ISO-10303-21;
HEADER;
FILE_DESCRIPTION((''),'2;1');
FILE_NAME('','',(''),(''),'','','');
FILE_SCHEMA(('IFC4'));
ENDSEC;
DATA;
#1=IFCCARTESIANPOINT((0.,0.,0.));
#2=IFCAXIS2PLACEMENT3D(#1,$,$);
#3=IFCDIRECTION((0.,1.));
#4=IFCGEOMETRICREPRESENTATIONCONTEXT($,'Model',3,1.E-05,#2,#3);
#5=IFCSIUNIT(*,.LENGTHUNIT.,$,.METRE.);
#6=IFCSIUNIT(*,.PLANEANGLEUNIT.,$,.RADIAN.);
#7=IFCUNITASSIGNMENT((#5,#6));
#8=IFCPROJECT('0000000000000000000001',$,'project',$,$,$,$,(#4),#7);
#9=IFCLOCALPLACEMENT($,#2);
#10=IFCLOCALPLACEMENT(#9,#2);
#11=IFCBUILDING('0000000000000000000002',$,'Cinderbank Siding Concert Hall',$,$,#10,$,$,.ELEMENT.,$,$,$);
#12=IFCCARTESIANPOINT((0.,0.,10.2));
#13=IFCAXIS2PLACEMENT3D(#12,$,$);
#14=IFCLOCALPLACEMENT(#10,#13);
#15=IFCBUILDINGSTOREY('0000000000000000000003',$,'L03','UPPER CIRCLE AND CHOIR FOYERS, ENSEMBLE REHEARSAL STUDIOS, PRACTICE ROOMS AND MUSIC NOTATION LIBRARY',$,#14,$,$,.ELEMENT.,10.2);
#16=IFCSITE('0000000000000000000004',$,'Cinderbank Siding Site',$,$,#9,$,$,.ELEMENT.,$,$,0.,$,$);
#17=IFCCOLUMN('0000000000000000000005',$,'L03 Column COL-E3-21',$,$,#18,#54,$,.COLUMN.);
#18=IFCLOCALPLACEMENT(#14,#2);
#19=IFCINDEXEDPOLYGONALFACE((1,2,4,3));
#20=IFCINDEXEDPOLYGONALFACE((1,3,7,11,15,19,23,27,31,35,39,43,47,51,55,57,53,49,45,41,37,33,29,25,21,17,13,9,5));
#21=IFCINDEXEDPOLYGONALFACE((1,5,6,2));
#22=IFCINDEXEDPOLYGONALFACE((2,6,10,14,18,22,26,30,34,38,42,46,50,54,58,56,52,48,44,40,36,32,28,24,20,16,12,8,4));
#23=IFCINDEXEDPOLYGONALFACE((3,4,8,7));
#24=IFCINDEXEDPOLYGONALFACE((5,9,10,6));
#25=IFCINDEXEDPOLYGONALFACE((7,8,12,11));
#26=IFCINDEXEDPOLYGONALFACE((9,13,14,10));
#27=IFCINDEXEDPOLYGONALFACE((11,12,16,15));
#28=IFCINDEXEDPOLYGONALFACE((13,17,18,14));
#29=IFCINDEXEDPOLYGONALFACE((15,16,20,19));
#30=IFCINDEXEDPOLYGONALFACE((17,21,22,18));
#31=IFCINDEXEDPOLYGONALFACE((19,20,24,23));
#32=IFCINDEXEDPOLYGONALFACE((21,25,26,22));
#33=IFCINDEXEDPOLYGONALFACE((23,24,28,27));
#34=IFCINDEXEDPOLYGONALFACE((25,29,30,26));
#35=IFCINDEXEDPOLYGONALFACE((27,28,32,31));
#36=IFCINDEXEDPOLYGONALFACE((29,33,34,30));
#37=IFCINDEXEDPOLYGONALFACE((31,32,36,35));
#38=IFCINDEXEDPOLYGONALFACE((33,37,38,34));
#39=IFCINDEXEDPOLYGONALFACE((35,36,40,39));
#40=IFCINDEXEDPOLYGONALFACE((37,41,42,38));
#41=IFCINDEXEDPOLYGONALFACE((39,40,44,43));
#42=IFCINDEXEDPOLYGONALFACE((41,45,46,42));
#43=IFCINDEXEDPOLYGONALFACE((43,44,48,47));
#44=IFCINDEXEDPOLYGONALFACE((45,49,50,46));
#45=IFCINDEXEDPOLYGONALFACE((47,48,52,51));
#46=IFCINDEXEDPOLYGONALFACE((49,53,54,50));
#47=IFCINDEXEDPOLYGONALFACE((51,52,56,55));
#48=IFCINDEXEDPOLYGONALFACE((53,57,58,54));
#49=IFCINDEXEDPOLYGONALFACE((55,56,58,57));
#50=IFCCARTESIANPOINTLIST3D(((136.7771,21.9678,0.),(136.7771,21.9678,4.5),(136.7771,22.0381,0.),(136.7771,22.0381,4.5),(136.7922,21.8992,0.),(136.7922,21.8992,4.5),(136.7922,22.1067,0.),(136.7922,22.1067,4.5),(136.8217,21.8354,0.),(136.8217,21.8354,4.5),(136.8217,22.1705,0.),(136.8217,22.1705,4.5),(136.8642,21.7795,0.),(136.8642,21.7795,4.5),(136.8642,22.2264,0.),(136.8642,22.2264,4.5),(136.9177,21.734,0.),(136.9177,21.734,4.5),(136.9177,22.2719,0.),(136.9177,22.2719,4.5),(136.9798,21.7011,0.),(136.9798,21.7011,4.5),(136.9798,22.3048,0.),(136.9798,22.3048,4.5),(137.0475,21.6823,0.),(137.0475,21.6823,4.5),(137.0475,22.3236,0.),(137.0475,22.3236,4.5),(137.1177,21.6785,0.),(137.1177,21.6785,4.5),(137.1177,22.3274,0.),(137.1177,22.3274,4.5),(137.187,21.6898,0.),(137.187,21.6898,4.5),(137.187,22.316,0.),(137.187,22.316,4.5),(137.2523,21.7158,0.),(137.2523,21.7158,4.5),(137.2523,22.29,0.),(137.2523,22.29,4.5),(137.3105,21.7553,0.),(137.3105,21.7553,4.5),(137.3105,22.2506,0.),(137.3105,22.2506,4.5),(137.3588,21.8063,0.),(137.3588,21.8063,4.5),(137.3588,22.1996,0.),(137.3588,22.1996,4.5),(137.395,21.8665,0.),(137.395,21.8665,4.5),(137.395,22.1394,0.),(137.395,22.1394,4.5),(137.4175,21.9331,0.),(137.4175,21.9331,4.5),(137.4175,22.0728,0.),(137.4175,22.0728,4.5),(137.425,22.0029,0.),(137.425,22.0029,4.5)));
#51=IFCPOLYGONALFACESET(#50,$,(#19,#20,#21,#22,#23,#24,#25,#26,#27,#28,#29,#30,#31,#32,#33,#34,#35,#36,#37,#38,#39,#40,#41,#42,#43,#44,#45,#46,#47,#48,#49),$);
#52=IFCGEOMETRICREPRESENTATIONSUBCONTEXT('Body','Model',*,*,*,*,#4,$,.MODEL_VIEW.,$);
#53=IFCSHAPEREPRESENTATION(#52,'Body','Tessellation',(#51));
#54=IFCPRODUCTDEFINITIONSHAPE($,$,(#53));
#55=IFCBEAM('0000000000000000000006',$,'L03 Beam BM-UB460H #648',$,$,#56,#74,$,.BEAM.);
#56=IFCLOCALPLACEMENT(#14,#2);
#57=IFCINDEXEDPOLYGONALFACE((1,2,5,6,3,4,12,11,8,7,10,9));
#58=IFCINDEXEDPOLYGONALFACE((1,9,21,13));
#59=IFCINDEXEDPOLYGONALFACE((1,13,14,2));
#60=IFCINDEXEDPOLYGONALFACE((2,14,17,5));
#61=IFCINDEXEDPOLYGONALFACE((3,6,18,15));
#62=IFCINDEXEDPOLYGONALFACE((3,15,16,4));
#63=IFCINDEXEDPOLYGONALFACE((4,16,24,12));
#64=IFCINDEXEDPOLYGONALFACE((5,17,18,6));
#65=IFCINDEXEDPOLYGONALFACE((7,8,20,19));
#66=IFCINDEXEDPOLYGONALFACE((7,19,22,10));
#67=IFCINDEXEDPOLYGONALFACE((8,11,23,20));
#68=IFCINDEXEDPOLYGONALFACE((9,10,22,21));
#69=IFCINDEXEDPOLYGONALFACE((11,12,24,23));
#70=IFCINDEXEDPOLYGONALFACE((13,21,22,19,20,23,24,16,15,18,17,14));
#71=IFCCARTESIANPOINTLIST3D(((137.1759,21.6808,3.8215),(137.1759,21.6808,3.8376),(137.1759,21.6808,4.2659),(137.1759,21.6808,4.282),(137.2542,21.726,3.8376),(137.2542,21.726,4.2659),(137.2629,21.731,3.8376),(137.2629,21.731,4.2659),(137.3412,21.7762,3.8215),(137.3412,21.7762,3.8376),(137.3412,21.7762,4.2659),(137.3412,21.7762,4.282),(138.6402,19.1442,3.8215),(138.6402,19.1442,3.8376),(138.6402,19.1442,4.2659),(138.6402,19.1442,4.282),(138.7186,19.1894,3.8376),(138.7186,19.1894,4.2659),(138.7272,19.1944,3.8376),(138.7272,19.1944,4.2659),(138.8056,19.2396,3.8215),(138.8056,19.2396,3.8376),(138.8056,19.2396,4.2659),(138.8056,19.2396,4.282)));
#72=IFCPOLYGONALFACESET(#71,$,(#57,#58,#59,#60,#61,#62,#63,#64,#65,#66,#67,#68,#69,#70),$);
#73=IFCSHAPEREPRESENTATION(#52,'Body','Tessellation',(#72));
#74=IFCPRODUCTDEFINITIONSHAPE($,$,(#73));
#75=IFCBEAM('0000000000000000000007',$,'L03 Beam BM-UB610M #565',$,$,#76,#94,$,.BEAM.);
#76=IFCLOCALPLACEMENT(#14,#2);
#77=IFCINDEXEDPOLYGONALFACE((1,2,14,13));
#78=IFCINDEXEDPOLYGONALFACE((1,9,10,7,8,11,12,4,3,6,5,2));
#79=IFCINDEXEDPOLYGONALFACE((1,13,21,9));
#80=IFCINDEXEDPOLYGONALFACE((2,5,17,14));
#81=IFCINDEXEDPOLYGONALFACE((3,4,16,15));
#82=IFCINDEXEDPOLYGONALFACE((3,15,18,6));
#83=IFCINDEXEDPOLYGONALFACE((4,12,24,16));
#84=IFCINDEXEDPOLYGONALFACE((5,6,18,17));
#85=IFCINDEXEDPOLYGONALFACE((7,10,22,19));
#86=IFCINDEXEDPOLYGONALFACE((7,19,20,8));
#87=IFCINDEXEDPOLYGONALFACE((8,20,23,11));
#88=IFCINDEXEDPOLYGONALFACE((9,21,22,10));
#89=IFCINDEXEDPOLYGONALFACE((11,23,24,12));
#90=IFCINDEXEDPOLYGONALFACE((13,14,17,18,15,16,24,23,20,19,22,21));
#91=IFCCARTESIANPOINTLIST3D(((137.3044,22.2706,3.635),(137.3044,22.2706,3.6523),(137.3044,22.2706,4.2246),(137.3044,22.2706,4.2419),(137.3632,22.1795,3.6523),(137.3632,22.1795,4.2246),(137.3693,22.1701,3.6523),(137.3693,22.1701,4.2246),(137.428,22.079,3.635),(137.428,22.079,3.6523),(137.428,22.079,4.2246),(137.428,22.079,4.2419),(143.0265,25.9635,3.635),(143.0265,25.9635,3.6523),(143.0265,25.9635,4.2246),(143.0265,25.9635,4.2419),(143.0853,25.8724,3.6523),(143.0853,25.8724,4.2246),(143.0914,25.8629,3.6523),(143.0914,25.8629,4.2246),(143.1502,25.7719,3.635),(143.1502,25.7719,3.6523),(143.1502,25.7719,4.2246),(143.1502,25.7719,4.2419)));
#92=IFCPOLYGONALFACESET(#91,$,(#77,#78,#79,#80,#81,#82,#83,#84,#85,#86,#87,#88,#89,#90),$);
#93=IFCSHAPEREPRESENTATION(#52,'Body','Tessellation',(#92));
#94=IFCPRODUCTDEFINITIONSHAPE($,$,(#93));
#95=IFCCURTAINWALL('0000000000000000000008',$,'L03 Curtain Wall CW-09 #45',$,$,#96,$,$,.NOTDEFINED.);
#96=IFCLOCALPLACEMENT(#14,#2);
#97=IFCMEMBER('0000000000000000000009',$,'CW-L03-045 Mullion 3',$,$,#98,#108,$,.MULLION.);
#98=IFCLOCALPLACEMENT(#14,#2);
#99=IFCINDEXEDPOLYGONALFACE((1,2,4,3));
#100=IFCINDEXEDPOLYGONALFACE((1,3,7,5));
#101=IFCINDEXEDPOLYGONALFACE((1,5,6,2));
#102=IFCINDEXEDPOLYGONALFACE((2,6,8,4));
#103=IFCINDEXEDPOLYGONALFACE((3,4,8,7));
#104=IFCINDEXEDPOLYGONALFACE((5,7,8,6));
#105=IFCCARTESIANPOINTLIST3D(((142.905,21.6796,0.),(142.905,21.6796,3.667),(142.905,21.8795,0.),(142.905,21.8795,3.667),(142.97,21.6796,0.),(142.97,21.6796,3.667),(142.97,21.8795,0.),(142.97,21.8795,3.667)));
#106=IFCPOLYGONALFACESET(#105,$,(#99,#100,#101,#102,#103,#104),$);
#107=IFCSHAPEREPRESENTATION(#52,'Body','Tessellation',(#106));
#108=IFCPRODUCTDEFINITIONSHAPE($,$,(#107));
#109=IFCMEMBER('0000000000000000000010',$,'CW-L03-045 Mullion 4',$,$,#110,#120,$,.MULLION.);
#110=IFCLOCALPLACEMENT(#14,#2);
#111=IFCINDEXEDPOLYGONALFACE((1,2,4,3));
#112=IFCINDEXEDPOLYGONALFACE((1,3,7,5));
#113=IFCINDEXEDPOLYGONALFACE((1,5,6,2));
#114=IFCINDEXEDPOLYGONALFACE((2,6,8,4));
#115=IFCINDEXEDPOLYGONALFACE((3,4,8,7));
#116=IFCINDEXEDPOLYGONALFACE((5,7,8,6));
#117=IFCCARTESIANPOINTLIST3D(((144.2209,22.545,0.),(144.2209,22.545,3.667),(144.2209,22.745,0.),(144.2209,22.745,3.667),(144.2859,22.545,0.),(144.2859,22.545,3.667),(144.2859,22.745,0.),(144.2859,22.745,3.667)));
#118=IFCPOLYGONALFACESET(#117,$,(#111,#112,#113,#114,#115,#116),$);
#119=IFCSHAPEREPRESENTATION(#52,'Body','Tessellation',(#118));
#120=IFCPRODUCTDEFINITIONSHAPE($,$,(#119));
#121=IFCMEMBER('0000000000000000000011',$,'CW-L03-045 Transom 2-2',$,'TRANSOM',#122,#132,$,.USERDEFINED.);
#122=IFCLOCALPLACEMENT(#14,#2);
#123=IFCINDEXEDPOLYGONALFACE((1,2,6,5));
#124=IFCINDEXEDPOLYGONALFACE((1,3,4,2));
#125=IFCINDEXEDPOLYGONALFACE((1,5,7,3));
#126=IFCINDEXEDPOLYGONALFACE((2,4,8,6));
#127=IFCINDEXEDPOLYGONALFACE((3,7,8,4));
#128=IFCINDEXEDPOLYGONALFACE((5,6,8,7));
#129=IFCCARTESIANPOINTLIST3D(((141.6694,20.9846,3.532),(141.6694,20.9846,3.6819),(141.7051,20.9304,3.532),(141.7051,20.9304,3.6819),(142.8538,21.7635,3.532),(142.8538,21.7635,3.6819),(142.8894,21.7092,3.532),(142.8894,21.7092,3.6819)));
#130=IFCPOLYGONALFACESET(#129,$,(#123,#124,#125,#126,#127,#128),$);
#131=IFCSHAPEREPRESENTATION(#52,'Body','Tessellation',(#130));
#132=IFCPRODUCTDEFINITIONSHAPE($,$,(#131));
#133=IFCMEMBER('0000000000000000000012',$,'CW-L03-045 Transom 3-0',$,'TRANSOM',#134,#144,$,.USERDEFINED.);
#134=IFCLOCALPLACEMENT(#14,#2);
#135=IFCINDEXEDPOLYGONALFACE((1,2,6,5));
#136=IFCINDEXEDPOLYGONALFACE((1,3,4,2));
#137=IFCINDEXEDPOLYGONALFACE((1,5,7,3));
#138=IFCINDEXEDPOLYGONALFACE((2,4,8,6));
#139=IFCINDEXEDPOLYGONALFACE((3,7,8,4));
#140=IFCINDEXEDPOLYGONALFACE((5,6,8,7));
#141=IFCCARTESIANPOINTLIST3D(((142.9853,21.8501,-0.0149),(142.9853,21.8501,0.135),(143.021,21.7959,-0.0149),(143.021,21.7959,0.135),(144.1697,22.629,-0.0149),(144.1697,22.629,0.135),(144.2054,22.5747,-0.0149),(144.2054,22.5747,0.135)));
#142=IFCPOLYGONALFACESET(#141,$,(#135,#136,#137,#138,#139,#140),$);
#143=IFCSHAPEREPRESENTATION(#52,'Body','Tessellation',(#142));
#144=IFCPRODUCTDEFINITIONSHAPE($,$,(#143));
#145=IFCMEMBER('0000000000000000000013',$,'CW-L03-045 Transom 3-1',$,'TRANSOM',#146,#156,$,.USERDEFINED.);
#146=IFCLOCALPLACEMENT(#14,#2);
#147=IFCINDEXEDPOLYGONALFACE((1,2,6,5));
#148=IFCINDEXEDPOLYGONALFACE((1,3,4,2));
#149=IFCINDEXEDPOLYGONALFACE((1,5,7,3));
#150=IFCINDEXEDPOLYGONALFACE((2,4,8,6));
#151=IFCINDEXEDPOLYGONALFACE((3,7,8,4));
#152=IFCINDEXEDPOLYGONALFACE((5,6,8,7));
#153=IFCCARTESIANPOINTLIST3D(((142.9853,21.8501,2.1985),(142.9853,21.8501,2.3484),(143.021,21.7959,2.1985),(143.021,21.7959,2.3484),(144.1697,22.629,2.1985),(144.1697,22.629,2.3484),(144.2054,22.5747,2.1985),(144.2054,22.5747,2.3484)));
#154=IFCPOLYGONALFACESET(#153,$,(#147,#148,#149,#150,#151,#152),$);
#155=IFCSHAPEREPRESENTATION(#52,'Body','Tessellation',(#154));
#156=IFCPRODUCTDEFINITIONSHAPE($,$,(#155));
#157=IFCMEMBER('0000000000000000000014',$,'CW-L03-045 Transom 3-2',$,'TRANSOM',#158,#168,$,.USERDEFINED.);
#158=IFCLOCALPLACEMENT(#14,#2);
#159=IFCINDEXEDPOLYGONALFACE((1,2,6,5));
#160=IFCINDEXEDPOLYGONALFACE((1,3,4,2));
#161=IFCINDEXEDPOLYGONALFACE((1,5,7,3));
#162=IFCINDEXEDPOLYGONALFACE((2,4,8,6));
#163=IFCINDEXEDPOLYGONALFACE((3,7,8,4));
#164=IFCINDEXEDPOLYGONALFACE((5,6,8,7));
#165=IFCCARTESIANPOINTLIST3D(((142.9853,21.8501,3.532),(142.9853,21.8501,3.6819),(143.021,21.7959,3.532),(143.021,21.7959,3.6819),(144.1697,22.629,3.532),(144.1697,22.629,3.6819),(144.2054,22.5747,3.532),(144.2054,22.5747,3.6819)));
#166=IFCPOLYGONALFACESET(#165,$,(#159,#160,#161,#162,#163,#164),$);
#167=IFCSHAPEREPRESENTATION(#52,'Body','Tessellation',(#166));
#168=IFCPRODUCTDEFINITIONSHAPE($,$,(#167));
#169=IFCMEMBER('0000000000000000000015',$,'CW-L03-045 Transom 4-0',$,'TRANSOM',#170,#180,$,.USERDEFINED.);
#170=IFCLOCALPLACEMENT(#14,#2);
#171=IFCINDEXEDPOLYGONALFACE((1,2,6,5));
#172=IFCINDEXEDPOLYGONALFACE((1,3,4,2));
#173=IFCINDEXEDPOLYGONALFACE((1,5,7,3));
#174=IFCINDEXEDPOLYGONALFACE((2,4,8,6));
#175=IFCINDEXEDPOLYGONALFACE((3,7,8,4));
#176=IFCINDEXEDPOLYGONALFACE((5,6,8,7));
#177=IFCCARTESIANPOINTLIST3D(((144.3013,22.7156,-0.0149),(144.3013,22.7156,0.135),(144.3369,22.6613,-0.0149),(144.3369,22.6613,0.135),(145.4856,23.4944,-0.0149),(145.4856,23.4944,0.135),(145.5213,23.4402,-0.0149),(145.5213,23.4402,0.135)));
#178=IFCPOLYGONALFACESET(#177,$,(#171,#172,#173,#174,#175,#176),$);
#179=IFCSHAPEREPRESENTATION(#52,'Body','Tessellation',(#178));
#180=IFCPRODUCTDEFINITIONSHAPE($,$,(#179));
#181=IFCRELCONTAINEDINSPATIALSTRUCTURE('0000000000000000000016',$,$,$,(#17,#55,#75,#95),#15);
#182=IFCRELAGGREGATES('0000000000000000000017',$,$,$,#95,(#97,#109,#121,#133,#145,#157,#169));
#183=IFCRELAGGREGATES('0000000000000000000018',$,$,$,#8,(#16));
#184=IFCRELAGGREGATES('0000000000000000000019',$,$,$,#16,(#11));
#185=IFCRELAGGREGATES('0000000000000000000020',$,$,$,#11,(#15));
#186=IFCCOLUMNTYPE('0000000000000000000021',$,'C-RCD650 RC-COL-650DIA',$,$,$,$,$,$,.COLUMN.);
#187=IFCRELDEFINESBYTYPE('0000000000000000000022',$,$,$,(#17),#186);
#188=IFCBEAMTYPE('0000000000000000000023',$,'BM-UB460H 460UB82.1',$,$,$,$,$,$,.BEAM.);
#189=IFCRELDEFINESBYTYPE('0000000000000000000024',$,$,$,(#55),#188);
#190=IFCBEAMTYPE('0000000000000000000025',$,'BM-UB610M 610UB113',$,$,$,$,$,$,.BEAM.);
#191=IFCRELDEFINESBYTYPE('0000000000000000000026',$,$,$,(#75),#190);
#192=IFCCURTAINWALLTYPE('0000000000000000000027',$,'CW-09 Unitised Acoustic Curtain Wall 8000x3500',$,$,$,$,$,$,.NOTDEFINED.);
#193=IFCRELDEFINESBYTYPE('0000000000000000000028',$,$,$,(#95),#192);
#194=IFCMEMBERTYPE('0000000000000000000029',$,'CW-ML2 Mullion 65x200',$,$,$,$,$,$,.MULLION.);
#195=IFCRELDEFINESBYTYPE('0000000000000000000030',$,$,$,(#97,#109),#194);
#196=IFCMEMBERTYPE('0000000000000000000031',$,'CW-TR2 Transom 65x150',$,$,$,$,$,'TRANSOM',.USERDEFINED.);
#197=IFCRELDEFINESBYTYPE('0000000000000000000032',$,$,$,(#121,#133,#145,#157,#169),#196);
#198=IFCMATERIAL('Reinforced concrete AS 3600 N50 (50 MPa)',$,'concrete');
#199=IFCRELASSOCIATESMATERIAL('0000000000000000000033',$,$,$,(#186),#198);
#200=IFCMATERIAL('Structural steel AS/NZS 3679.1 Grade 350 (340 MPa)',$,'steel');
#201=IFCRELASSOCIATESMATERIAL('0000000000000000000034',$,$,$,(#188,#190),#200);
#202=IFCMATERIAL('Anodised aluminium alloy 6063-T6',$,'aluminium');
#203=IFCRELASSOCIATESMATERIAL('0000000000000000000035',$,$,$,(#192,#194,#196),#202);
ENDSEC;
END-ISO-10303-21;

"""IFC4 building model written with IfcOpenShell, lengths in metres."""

from ifc_helpers import new_model, si_unit, direction, frame, origin, origin_2d, place, context, subcontext, project, spatial, rectangle, circle, i_section, extrude, material, material_profile, profile_set, type_object, element, aggregate, save


model = new_model("IFC4")

# Units and contexts
model_context = context("Model", 3, precision=1e-05, world=origin(), true_north=direction((0.0, 1.0)))
body_context = subcontext(model_context, "Body", "Model", "MODEL_VIEW")
ifc_project = project(units=[si_unit("LENGTHUNIT", "METRE"), si_unit("PLANEANGLEUNIT", "RADIAN")], contexts=[model_context])

# Site, building, storey
site_placement = place(None, origin())
site = spatial("IfcSite", under=ifc_project, at=site_placement, Name="Cinderbank Siding Site", CompositionType="ELEMENT", RefElevation=0.0)
building_placement = place(site_placement, origin())
building = spatial("IfcBuilding", under=site, at=building_placement, Name="Cinderbank Siding Concert Hall", CompositionType="ELEMENT")
storey_placement = place(building_placement, frame((0.0, 0.0, 10.2)))
storey = spatial("IfcBuildingStorey", under=building, at=storey_placement, Name="L03", Description="UPPER CIRCLE AND CHOIR FOYERS, ENSEMBLE REHEARSAL STUDIOS, PRACTICE ROOMS AND MUSIC NOTATION LIBRARY", CompositionType="ELEMENT", Elevation=10.2)

# Column
ifc_material_1 = material(Name="Reinforced concrete AS 3600 N50 (50 MPa)", Category="concrete")
ifc_material_profile_1 = material_profile(ifc_material_1, circle(Radius=0.325, at=origin_2d()), Name="RC-COL-650DIA", Category="LoadBearing")
ifc_profile_set_1 = profile_set([ifc_material_profile_1], Name="Reinforced concrete AS 3600 N50 (50 MPa)")
column_type = type_object("IfcColumnType", Name="C-RCD650 RC-COL-650DIA", PredefinedType="COLUMN", material=ifc_profile_set_1)
column_placement = place(storey_placement, frame((137.1001, 22.0029, 0.0), z_axis=(0.0, 0.0, 1.0), x_axis=(1.0, 0.0, 0.0)))
element("IfcColumn", 1, at=column_placement, inside=storey, type_object=column_type, Name="L03 Column COL-E3-21", PredefinedType="COLUMN", context=body_context, shape_type="SweptSolid", body=[
    extrude(circle(Radius=0.325, at=origin_2d()), origin(), (0.0, 0.0, 1.0), 4.5),
])

# Beams
ifc_material_2 = material(Name="Structural steel AS/NZS 3679.1 Grade 350 (340 MPa)", Category="steel")
ifc_material_profile_2 = material_profile(ifc_material_2, i_section(OverallWidth=0.1909, OverallDepth=0.4604, WebThickness=0.01, FlangeThickness=0.0161, at=origin_2d()), Name="460UB82.1", Category="LoadBearing")
ifc_profile_set_2 = profile_set([ifc_material_profile_2], Name="Structural steel AS/NZS 3679.1 Grade 350 (340 MPa)")
beam_type_1 = type_object("IfcBeamType", Name="BM-UB460H 460UB82.1", PredefinedType="BEAM", material=ifc_profile_set_2)
beam_1_placement = place(storey_placement, frame((137.2585, 21.7285, 4.0518), z_axis=(0.499958, -0.86605, 0.0), x_axis=(0.86605, 0.499958, 0.0)))
element("IfcBeam", 2, at=beam_1_placement, inside=storey, type_object=beam_type_1, Name="L03 Beam BM-UB460H #648", PredefinedType="BEAM", context=body_context, shape_type="SweptSolid", body=[
    extrude(i_section(OverallWidth=0.1909, OverallDepth=0.4604, WebThickness=0.01, FlangeThickness=0.0161, at=origin_2d()), origin(), (0.0, 0.0, 1.0), 2.929),
])
ifc_material_profile_3 = material_profile(ifc_material_2, i_section(OverallWidth=0.228, OverallDepth=0.6069, WebThickness=0.0112, FlangeThickness=0.0173, at=origin_2d()), Name="610UB113", Category="LoadBearing")
ifc_profile_set_3 = profile_set([ifc_material_profile_3], Name="Structural steel AS/NZS 3679.1 Grade 350 (340 MPa)")
beam_type_2 = type_object("IfcBeamType", Name="BM-UB610M 610UB113", PredefinedType="BEAM", material=ifc_profile_set_3)
beam_2_placement = place(storey_placement, frame((137.3662, 22.1748, 3.9385), z_axis=(0.84022, 0.542246, 0.0), x_axis=(-0.542246, 0.84022, 0.0)))
element("IfcBeam", 3, at=beam_2_placement, inside=storey, type_object=beam_type_2, Name="L03 Beam BM-UB610M #565", PredefinedType="BEAM", context=body_context, shape_type="SweptSolid", body=[
    extrude(i_section(OverallWidth=0.228, OverallDepth=0.6069, WebThickness=0.0112, FlangeThickness=0.0173, at=origin_2d()), origin(), (0.0, 0.0, 1.0), 6.8103),
])

# Curtain wall, members
ifc_material_3 = material(Name="Anodised aluminium alloy 6063-T6", Category="aluminium")
curtain_wall_type = type_object("IfcCurtainWallType", Name="CW-09 Unitised Acoustic Curtain Wall 8000x3500", PredefinedType="NOTDEFINED", material=ifc_material_3)
curtain_wall_placement = place(storey_placement, origin())
curtain_wall = element("IfcCurtainWall", 4, at=curtain_wall_placement, inside=storey, type_object=curtain_wall_type, Name="L03 Curtain Wall CW-09 #45", PredefinedType="NOTDEFINED")
ifc_material_profile_4 = material_profile(ifc_material_3, rectangle(XDim=0.0649, YDim=0.2, at=origin_2d()), Name="ALU-MULL-65x200", Category="LoadBearing")
ifc_profile_set_4 = profile_set([ifc_material_profile_4], Name="Anodised aluminium alloy 6063-T6")
member_type_1 = type_object("IfcMemberType", Name="CW-ML2 Mullion 65x200", PredefinedType="MULLION", material=ifc_profile_set_4)
member_1_placement = place(storey_placement, frame((142.9375, 21.7795, 0.0), z_axis=(0.0, 0.0, 1.0), x_axis=(1.0, 0.0, 0.0)))
member_1 = element("IfcMember", 5, at=member_1_placement, type_object=member_type_1, Name="CW-L03-045 Mullion 3", PredefinedType="MULLION", context=body_context, shape_type="SweptSolid", body=[
    extrude(rectangle(XDim=0.0649, YDim=0.2, at=origin_2d()), origin(), (0.0, 0.0, 1.0), 3.667),
])
member_2_placement = place(storey_placement, frame((144.2534, 22.645, 0.0), z_axis=(0.0, 0.0, 1.0), x_axis=(1.0, 0.0, 0.0)))
member_2 = element("IfcMember", 6, at=member_2_placement, type_object=member_type_1, Name="CW-L03-045 Mullion 4", PredefinedType="MULLION", context=body_context, shape_type="SweptSolid", body=[
    extrude(rectangle(XDim=0.0649, YDim=0.2, at=origin_2d()), origin(), (0.0, 0.0, 1.0), 3.667),
])
ifc_material_profile_5 = material_profile(ifc_material_3, rectangle(XDim=0.0649, YDim=0.1499, at=origin_2d()), Name="ALU-TRAN-65x150", Category="LoadBearing")
ifc_profile_set_5 = profile_set([ifc_material_profile_5], Name="Anodised aluminium alloy 6063-T6")
member_type_2 = type_object("IfcMemberType", Name="CW-TR2 Transom 65x150", ElementType="TRANSOM", PredefinedType="USERDEFINED", material=ifc_profile_set_5)
member_3_placement = place(storey_placement, frame((141.6873, 20.9575, 3.6069), z_axis=(0.835532, 0.549443, 0.0), x_axis=(-0.549443, 0.835532, 0.0)))
member_3 = element("IfcMember", 7, at=member_3_placement, type_object=member_type_2, Name="CW-L03-045 Transom 2-2", ObjectType="TRANSOM", PredefinedType="USERDEFINED", context=body_context, shape_type="SweptSolid", body=[
    extrude(rectangle(XDim=0.0649, YDim=0.1499, at=origin_2d()), origin(), (0.0, 0.0, 1.0), 1.4175),
])
member_4_placement = place(storey_placement, frame((143.0032, 21.823, 0.0601), z_axis=(0.835532, 0.549443, 0.0), x_axis=(-0.549443, 0.835532, 0.0)))
member_4 = element("IfcMember", 8, at=member_4_placement, type_object=member_type_2, Name="CW-L03-045 Transom 3-0", ObjectType="TRANSOM", PredefinedType="USERDEFINED", context=body_context, shape_type="SweptSolid", body=[
    extrude(rectangle(XDim=0.0649, YDim=0.1499, at=origin_2d()), origin(), (0.0, 0.0, 1.0), 1.4175),
])
member_5_placement = place(storey_placement, frame((143.0032, 21.823, 2.2734), z_axis=(0.835532, 0.549443, 0.0), x_axis=(-0.549443, 0.835532, 0.0)))
member_5 = element("IfcMember", 9, at=member_5_placement, type_object=member_type_2, Name="CW-L03-045 Transom 3-1", ObjectType="TRANSOM", PredefinedType="USERDEFINED", context=body_context, shape_type="SweptSolid", body=[
    extrude(rectangle(XDim=0.0649, YDim=0.1499, at=origin_2d()), origin(), (0.0, 0.0, 1.0), 1.4175),
])
member_6_placement = place(storey_placement, frame((143.0032, 21.823, 3.6069), z_axis=(0.835532, 0.549443, 0.0), x_axis=(-0.549443, 0.835532, 0.0)))
member_6 = element("IfcMember", 10, at=member_6_placement, type_object=member_type_2, Name="CW-L03-045 Transom 3-2", ObjectType="TRANSOM", PredefinedType="USERDEFINED", context=body_context, shape_type="SweptSolid", body=[
    extrude(rectangle(XDim=0.0649, YDim=0.1499, at=origin_2d()), origin(), (0.0, 0.0, 1.0), 1.4175),
])
member_7_placement = place(storey_placement, frame((144.3191, 22.6885, 0.0601), z_axis=(0.835532, 0.549443, 0.0), x_axis=(-0.549443, 0.835532, 0.0)))
member_7 = element("IfcMember", 11, at=member_7_placement, type_object=member_type_2, Name="CW-L03-045 Transom 4-0", ObjectType="TRANSOM", PredefinedType="USERDEFINED", context=body_context, shape_type="SweptSolid", body=[
    extrude(rectangle(XDim=0.0649, YDim=0.1499, at=origin_2d()), origin(), (0.0, 0.0, 1.0), 1.4175),
])
aggregate(curtain_wall, [member_1, member_2, member_3, member_4, member_5, member_6, member_7])

save(model, "model.ifc")
